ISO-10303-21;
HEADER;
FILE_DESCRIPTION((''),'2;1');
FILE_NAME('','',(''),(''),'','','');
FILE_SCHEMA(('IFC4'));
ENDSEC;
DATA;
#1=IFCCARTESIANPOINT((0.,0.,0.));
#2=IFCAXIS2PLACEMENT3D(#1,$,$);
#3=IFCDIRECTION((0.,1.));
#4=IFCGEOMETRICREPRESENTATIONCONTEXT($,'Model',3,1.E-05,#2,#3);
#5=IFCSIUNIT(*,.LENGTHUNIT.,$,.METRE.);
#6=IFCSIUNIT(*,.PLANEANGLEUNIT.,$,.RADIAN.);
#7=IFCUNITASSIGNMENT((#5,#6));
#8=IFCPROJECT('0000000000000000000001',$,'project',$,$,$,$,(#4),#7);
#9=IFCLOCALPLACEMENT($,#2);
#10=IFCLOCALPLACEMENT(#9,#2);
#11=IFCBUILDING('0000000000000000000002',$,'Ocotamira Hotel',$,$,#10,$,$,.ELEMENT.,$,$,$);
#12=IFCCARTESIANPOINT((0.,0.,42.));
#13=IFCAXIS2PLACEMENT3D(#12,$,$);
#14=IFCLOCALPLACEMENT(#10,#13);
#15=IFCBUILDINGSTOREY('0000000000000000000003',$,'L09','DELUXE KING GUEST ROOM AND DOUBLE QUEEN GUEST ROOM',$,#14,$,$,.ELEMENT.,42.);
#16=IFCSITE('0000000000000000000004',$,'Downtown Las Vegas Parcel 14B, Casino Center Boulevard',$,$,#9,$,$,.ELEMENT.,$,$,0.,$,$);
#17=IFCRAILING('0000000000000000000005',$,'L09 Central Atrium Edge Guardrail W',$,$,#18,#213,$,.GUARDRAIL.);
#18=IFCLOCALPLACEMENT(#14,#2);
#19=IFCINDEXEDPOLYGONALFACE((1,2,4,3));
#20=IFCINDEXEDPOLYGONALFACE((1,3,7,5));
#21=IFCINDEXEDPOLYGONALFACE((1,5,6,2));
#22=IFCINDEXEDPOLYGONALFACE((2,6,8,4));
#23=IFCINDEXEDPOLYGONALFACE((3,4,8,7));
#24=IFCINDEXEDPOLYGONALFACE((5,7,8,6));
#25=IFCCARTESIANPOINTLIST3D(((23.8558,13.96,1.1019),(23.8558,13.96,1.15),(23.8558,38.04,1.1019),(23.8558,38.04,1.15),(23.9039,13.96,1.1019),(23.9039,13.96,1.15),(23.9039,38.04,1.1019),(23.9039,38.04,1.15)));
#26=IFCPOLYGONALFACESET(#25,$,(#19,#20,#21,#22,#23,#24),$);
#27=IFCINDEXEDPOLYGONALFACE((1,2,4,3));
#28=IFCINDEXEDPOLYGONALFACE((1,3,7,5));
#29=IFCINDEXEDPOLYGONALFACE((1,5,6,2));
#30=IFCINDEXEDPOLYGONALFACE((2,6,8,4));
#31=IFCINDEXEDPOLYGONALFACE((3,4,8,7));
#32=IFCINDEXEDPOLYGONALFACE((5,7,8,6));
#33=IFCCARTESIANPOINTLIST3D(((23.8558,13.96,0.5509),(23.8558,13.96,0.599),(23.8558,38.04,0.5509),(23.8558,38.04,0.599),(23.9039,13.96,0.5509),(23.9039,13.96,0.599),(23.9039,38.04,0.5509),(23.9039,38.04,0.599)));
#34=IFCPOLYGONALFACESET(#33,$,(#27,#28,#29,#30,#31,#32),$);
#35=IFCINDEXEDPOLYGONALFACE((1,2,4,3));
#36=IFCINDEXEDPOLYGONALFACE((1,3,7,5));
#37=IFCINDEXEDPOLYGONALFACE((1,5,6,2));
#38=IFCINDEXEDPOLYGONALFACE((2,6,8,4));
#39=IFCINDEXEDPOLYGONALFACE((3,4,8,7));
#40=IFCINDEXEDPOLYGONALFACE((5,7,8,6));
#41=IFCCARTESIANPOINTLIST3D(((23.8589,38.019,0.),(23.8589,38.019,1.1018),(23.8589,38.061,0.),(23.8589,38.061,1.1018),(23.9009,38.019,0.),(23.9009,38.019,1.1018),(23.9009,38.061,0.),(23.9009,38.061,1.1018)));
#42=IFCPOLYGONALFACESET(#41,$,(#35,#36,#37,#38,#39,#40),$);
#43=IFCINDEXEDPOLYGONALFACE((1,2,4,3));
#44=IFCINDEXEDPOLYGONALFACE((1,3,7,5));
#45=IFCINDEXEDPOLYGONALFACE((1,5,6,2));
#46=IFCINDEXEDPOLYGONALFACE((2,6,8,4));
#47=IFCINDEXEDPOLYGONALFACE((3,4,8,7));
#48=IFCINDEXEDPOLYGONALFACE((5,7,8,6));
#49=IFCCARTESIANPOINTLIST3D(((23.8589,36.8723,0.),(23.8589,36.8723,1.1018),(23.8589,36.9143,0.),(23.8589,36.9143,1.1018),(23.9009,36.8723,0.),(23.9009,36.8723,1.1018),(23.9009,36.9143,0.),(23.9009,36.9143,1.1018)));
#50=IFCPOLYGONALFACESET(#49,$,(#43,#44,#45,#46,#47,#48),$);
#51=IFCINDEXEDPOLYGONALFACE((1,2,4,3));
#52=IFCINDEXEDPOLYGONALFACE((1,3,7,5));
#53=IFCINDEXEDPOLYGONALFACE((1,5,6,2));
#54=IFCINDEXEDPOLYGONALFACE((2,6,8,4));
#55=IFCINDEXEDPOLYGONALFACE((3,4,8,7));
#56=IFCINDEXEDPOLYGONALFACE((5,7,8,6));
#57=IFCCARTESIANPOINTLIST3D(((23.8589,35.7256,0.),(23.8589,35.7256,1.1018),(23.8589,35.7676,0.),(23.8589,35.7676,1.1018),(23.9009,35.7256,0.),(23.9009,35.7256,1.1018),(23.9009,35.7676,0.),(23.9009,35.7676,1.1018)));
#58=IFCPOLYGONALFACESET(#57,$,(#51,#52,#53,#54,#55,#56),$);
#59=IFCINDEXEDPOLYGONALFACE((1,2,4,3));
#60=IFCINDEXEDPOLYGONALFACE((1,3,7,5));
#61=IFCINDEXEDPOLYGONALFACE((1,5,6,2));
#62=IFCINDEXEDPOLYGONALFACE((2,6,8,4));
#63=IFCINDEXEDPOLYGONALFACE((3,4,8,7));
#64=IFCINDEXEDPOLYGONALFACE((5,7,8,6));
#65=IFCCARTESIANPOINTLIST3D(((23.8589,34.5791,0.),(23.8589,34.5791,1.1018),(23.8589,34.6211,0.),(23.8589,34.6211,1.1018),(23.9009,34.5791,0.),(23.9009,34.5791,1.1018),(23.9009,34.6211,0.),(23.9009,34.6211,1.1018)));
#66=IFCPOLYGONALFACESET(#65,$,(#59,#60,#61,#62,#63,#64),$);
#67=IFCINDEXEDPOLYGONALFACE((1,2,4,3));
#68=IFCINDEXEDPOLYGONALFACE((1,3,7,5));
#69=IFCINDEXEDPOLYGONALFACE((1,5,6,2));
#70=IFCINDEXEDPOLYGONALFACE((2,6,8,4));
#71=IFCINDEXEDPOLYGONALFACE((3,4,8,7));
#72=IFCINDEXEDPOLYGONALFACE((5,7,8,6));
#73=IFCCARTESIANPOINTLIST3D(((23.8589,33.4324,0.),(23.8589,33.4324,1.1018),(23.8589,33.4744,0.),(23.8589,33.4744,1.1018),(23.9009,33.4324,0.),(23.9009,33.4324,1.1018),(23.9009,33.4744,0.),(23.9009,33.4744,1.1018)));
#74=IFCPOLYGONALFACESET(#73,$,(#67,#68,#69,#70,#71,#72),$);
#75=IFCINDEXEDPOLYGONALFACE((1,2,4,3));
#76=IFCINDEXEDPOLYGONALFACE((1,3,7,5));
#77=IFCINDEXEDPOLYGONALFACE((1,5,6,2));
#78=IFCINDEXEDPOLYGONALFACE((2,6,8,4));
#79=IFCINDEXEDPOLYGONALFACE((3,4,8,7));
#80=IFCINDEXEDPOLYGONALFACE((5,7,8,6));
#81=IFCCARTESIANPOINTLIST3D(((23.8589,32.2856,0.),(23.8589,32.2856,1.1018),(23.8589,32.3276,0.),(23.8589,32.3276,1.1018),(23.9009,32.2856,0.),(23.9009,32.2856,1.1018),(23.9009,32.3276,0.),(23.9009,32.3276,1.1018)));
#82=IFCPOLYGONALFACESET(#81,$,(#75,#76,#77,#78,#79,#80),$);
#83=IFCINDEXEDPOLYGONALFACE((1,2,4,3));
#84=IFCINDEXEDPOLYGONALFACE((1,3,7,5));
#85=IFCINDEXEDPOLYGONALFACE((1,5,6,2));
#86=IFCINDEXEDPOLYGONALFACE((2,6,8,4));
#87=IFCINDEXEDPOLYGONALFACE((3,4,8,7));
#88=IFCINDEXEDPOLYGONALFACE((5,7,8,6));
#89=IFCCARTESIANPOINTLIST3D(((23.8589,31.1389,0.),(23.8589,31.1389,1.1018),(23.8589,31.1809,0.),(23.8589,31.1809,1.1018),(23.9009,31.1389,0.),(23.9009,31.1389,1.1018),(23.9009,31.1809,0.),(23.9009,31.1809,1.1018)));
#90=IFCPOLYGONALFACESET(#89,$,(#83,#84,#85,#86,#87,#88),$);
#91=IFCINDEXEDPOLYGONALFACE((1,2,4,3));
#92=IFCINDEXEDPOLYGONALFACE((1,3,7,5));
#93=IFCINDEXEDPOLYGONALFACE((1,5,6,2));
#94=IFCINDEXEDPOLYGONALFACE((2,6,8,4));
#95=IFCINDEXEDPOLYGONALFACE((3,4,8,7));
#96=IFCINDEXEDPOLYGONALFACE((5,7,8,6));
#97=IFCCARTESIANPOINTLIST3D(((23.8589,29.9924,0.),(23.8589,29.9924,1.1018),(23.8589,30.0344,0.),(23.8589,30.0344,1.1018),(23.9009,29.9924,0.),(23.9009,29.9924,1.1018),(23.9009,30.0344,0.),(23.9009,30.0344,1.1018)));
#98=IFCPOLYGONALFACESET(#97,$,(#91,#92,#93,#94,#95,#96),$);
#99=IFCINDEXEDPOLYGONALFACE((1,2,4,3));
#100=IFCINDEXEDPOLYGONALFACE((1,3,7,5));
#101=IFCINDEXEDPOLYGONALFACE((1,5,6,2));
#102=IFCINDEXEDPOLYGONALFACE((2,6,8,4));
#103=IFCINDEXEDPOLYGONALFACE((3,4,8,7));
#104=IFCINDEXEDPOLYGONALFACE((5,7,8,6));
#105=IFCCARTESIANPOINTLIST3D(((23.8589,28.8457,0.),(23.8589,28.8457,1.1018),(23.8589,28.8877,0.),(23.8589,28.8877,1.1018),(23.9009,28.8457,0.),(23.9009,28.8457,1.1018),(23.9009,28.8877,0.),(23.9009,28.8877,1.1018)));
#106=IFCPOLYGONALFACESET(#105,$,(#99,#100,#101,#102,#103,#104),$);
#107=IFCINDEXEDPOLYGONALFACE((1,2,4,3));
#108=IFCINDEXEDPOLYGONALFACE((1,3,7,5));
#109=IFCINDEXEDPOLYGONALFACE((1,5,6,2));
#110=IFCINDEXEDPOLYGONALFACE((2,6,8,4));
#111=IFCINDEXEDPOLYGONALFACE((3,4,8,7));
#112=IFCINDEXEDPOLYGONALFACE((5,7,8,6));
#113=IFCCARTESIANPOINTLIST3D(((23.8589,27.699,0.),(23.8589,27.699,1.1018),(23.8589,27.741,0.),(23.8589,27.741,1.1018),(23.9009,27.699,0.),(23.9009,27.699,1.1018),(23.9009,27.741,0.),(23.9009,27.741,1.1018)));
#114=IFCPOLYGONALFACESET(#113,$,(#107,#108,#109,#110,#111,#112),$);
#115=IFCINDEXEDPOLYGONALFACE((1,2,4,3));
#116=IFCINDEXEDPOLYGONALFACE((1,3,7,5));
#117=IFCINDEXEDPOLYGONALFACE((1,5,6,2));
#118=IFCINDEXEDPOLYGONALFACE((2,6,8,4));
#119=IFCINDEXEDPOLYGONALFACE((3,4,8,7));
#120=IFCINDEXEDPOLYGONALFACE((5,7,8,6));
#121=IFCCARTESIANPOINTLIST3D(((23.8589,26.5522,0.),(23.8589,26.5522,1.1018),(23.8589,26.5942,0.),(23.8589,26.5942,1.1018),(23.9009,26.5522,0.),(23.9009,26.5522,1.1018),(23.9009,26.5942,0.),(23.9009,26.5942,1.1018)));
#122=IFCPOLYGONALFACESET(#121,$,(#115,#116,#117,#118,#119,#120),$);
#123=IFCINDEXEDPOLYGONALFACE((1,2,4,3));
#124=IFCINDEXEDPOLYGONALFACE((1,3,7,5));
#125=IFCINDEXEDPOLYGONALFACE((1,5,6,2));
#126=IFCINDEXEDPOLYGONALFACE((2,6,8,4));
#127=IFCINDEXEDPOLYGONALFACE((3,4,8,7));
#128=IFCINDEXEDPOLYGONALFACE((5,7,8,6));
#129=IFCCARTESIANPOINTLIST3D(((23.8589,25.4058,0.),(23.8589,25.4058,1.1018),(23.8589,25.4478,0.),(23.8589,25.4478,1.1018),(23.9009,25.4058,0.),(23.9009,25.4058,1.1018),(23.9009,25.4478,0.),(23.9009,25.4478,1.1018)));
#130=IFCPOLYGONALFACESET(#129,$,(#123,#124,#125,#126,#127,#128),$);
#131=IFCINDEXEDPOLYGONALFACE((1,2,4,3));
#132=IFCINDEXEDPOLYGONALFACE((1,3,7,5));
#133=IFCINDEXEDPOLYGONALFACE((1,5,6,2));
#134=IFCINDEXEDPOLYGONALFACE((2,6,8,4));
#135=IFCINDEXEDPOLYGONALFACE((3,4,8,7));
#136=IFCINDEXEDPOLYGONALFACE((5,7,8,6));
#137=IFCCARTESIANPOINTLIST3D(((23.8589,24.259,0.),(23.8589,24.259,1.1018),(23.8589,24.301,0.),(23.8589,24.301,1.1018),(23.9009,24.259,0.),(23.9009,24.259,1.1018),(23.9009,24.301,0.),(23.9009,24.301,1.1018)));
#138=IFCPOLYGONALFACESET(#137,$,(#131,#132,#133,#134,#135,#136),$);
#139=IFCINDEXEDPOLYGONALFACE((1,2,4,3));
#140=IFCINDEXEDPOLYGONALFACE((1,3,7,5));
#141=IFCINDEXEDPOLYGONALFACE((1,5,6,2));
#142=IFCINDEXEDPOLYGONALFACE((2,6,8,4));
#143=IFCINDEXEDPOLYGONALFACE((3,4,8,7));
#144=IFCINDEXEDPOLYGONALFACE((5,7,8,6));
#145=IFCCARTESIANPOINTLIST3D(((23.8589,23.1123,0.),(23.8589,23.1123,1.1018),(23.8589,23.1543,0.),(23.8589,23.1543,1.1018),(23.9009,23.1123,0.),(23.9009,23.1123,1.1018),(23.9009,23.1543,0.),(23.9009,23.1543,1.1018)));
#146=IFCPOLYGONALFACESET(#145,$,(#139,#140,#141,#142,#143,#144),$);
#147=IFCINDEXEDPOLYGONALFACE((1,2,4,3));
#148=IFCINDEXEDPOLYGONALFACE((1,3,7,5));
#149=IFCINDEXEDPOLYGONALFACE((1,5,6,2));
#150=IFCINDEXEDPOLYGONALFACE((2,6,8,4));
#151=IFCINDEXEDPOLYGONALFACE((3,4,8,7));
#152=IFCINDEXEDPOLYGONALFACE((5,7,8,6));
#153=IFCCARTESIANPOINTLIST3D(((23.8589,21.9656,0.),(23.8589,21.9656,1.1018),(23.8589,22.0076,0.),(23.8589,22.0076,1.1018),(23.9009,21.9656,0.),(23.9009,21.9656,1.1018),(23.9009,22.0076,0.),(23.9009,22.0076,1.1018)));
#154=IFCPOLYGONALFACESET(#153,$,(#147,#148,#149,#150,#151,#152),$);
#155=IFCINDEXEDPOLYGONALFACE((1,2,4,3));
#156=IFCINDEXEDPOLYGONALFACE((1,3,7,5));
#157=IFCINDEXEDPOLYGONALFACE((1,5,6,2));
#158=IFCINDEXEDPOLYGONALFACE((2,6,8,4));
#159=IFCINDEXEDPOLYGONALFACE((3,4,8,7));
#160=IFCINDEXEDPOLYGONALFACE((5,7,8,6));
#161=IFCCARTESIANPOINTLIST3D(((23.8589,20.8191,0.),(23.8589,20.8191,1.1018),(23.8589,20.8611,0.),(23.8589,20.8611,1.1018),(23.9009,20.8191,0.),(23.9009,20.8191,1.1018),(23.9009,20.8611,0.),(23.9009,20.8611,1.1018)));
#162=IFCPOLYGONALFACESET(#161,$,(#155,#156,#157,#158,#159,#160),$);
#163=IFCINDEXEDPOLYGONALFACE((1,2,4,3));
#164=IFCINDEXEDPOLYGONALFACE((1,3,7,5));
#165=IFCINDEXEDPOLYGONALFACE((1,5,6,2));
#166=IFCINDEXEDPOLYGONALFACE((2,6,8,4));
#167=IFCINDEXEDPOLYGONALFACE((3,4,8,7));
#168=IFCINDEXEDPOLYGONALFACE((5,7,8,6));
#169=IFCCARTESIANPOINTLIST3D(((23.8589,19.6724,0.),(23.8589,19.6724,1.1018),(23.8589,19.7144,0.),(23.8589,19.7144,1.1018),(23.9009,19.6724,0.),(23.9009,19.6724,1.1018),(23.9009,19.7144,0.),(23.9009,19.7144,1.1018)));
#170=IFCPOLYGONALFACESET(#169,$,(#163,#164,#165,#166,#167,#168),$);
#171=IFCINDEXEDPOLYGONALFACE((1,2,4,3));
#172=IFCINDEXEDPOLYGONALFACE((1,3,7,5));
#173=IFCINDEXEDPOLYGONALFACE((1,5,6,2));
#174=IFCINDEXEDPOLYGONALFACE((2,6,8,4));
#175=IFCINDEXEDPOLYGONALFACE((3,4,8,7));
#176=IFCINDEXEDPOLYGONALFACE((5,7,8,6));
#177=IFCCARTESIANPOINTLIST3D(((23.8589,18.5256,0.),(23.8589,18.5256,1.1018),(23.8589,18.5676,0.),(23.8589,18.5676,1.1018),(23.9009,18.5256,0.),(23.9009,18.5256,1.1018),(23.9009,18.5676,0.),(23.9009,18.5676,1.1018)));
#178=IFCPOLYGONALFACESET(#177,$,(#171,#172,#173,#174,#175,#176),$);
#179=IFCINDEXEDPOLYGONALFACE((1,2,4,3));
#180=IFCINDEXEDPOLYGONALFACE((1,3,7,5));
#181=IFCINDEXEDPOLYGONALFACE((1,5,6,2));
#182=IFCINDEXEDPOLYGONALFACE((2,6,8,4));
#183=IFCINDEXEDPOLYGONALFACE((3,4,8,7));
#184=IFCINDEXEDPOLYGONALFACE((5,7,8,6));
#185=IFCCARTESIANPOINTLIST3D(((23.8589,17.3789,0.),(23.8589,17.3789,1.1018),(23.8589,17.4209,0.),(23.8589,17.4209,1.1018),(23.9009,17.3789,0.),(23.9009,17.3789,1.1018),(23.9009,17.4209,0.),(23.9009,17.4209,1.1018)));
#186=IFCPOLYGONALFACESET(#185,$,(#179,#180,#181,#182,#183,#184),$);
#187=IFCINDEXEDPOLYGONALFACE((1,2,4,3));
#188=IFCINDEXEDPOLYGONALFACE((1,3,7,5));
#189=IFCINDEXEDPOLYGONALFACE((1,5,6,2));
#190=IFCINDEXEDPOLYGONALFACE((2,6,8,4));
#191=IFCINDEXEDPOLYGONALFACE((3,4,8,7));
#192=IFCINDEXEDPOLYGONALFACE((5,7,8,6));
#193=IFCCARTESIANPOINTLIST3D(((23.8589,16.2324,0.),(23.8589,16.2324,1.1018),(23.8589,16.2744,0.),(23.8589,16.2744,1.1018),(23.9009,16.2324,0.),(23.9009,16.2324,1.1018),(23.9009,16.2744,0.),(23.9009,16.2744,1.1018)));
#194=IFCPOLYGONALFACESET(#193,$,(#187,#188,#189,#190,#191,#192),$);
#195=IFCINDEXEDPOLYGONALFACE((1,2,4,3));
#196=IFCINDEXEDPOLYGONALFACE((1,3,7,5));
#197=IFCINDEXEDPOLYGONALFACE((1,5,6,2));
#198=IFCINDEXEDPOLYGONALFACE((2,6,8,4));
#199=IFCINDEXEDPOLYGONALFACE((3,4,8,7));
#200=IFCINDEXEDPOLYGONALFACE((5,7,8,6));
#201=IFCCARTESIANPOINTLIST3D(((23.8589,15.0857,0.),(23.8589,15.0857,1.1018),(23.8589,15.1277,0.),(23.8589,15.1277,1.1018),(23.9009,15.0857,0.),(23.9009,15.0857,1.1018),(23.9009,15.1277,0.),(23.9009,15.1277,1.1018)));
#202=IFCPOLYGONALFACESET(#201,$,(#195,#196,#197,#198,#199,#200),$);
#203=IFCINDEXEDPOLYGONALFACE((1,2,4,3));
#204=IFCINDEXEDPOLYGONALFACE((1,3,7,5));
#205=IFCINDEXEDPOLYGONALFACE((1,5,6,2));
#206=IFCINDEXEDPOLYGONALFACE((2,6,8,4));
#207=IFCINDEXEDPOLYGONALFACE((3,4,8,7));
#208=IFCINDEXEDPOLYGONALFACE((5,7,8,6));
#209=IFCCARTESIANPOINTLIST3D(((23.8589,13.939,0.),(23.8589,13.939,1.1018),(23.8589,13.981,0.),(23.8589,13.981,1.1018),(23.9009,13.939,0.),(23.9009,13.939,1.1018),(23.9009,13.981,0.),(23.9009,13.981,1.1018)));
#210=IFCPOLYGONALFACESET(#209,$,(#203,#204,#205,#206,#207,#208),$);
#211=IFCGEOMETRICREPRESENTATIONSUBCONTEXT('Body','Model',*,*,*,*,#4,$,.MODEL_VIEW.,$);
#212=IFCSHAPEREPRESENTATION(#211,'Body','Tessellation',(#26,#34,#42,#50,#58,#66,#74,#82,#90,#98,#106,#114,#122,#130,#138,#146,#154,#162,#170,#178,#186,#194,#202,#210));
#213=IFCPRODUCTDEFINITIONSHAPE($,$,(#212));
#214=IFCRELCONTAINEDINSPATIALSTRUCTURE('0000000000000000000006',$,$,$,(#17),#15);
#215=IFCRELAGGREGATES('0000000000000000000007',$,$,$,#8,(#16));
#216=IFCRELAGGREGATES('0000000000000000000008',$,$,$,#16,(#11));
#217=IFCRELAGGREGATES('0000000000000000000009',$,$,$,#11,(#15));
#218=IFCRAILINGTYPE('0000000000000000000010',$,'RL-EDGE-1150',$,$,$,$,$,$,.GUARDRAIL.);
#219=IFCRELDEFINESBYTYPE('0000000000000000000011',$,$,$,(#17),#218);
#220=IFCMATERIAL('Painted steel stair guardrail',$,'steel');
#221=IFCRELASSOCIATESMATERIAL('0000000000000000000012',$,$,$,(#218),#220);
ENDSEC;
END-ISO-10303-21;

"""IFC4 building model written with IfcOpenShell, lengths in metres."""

from ifc_helpers import new_model, si_unit, direction, frame, origin, origin_2d, place, context, subcontext, project, spatial, rectangle, extrude, material, type_object, element, save


model = new_model("IFC4")

# Units and contexts
model_context = context("Model", 3, precision=1e-05, world=origin(), true_north=direction((0.0, 1.0)))
body_context = subcontext(model_context, "Body", "Model", "MODEL_VIEW")
ifc_project = project(units=[si_unit("LENGTHUNIT", "METRE"), si_unit("PLANEANGLEUNIT", "RADIAN")], contexts=[model_context])

# Site, building, storey
site_placement = place(None, origin())
site = spatial("IfcSite", under=ifc_project, at=site_placement, Name="Downtown Las Vegas Parcel 14B, Casino Center Boulevard", CompositionType="ELEMENT", RefElevation=0.0)
building_placement = place(site_placement, origin())
building = spatial("IfcBuilding", under=site, at=building_placement, Name="Ocotamira Hotel", CompositionType="ELEMENT")
storey_placement = place(building_placement, frame((0.0, 0.0, 42.0)))
storey = spatial("IfcBuildingStorey", under=building, at=storey_placement, Name="L09", Description="DELUXE KING GUEST ROOM AND DOUBLE QUEEN GUEST ROOM", CompositionType="ELEMENT", Elevation=42.0)

# Railing
ifc_material_1 = material(Name="Painted steel stair guardrail", Category="steel")
railing_type = type_object("IfcRailingType", Name="RL-EDGE-1150", PredefinedType="GUARDRAIL", material=ifc_material_1)
railing_placement = place(storey_placement, frame((23.8799, 38.04, 0.0)))
element("IfcRailing", 1, at=railing_placement, inside=storey, type_object=railing_type, Name="L09 Central Atrium Edge Guardrail W", PredefinedType="GUARDRAIL", context=body_context, shape_type="SweptSolid", body=[
    extrude(rectangle(XDim=0.0481, YDim=0.0481, at=origin_2d()), frame((0.0, 0.0, 1.126), z_axis=(0.0, -1.0, 0.0), x_axis=(1.0, 0.0, 0.0)), (0.0, 0.0, 1.0), 24.0801),
    extrude(rectangle(XDim=0.0481, YDim=0.0481, at=origin_2d()), frame((0.0, 0.0, 0.575), z_axis=(0.0, -1.0, 0.0), x_axis=(1.0, 0.0, 0.0)), (0.0, 0.0, 1.0), 24.0801),
    extrude(rectangle(XDim=0.042, YDim=0.042, at=origin_2d()), origin(), (0.0, 0.0, 1.0), 1.1018),
    extrude(rectangle(XDim=0.042, YDim=0.042, at=origin_2d()), frame((0.0, -1.1467, 0.0)), (0.0, 0.0, 1.0), 1.1018),
    extrude(rectangle(XDim=0.042, YDim=0.042, at=origin_2d()), frame((0.0, -2.2935, 0.0)), (0.0, 0.0, 1.0), 1.1018),
    extrude(rectangle(XDim=0.042, YDim=0.042, at=origin_2d()), frame((0.0, -3.4399, 0.0)), (0.0, 0.0, 1.0), 1.1018),
    extrude(rectangle(XDim=0.042, YDim=0.042, at=origin_2d()), frame((0.0, -4.5867, 0.0)), (0.0, 0.0, 1.0), 1.1018),
    extrude(rectangle(XDim=0.042, YDim=0.042, at=origin_2d()), frame((0.0, -5.7334, 0.0)), (0.0, 0.0, 1.0), 1.1018),
    extrude(rectangle(XDim=0.042, YDim=0.042, at=origin_2d()), frame((0.0, -6.8801, 0.0)), (0.0, 0.0, 1.0), 1.1018),
    extrude(rectangle(XDim=0.042, YDim=0.042, at=origin_2d()), frame((0.0, -8.0266, 0.0)), (0.0, 0.0, 1.0), 1.1018),
    extrude(rectangle(XDim=0.042, YDim=0.042, at=origin_2d()), frame((0.0, -9.1733, 0.0)), (0.0, 0.0, 1.0), 1.1018),
    extrude(rectangle(XDim=0.042, YDim=0.042, at=origin_2d()), frame((0.0, -10.3201, 0.0)), (0.0, 0.0, 1.0), 1.1018),
    extrude(rectangle(XDim=0.042, YDim=0.042, at=origin_2d()), frame((0.0, -11.4668, 0.0)), (0.0, 0.0, 1.0), 1.1018),
    extrude(rectangle(XDim=0.042, YDim=0.042, at=origin_2d()), frame((0.0, -12.6133, 0.0)), (0.0, 0.0, 1.0), 1.1018),
    extrude(rectangle(XDim=0.042, YDim=0.042, at=origin_2d()), frame((0.0, -13.76, 0.0)), (0.0, 0.0, 1.0), 1.1018),
    extrude(rectangle(XDim=0.042, YDim=0.042, at=origin_2d()), frame((0.0, -14.9067, 0.0)), (0.0, 0.0, 1.0), 1.1018),
    extrude(rectangle(XDim=0.042, YDim=0.042, at=origin_2d()), frame((0.0, -16.0535, 0.0)), (0.0, 0.0, 1.0), 1.1018),
    extrude(rectangle(XDim=0.042, YDim=0.042, at=origin_2d()), frame((0.0, -17.2, 0.0)), (0.0, 0.0, 1.0), 1.1018),
    extrude(rectangle(XDim=0.042, YDim=0.042, at=origin_2d()), frame((0.0, -18.3467, 0.0)), (0.0, 0.0, 1.0), 1.1018),
    extrude(rectangle(XDim=0.042, YDim=0.042, at=origin_2d()), frame((0.0, -19.4934, 0.0)), (0.0, 0.0, 1.0), 1.1018),
    extrude(rectangle(XDim=0.042, YDim=0.042, at=origin_2d()), frame((0.0, -20.6401, 0.0)), (0.0, 0.0, 1.0), 1.1018),
    extrude(rectangle(XDim=0.042, YDim=0.042, at=origin_2d()), frame((0.0, -21.7866, 0.0)), (0.0, 0.0, 1.0), 1.1018),
    extrude(rectangle(XDim=0.042, YDim=0.042, at=origin_2d()), frame((0.0, -22.9333, 0.0)), (0.0, 0.0, 1.0), 1.1018),
    extrude(rectangle(XDim=0.042, YDim=0.042, at=origin_2d()), frame((0.0, -24.0801, 0.0)), (0.0, 0.0, 1.0), 1.1018),
])

save(model, "model.ifc")
